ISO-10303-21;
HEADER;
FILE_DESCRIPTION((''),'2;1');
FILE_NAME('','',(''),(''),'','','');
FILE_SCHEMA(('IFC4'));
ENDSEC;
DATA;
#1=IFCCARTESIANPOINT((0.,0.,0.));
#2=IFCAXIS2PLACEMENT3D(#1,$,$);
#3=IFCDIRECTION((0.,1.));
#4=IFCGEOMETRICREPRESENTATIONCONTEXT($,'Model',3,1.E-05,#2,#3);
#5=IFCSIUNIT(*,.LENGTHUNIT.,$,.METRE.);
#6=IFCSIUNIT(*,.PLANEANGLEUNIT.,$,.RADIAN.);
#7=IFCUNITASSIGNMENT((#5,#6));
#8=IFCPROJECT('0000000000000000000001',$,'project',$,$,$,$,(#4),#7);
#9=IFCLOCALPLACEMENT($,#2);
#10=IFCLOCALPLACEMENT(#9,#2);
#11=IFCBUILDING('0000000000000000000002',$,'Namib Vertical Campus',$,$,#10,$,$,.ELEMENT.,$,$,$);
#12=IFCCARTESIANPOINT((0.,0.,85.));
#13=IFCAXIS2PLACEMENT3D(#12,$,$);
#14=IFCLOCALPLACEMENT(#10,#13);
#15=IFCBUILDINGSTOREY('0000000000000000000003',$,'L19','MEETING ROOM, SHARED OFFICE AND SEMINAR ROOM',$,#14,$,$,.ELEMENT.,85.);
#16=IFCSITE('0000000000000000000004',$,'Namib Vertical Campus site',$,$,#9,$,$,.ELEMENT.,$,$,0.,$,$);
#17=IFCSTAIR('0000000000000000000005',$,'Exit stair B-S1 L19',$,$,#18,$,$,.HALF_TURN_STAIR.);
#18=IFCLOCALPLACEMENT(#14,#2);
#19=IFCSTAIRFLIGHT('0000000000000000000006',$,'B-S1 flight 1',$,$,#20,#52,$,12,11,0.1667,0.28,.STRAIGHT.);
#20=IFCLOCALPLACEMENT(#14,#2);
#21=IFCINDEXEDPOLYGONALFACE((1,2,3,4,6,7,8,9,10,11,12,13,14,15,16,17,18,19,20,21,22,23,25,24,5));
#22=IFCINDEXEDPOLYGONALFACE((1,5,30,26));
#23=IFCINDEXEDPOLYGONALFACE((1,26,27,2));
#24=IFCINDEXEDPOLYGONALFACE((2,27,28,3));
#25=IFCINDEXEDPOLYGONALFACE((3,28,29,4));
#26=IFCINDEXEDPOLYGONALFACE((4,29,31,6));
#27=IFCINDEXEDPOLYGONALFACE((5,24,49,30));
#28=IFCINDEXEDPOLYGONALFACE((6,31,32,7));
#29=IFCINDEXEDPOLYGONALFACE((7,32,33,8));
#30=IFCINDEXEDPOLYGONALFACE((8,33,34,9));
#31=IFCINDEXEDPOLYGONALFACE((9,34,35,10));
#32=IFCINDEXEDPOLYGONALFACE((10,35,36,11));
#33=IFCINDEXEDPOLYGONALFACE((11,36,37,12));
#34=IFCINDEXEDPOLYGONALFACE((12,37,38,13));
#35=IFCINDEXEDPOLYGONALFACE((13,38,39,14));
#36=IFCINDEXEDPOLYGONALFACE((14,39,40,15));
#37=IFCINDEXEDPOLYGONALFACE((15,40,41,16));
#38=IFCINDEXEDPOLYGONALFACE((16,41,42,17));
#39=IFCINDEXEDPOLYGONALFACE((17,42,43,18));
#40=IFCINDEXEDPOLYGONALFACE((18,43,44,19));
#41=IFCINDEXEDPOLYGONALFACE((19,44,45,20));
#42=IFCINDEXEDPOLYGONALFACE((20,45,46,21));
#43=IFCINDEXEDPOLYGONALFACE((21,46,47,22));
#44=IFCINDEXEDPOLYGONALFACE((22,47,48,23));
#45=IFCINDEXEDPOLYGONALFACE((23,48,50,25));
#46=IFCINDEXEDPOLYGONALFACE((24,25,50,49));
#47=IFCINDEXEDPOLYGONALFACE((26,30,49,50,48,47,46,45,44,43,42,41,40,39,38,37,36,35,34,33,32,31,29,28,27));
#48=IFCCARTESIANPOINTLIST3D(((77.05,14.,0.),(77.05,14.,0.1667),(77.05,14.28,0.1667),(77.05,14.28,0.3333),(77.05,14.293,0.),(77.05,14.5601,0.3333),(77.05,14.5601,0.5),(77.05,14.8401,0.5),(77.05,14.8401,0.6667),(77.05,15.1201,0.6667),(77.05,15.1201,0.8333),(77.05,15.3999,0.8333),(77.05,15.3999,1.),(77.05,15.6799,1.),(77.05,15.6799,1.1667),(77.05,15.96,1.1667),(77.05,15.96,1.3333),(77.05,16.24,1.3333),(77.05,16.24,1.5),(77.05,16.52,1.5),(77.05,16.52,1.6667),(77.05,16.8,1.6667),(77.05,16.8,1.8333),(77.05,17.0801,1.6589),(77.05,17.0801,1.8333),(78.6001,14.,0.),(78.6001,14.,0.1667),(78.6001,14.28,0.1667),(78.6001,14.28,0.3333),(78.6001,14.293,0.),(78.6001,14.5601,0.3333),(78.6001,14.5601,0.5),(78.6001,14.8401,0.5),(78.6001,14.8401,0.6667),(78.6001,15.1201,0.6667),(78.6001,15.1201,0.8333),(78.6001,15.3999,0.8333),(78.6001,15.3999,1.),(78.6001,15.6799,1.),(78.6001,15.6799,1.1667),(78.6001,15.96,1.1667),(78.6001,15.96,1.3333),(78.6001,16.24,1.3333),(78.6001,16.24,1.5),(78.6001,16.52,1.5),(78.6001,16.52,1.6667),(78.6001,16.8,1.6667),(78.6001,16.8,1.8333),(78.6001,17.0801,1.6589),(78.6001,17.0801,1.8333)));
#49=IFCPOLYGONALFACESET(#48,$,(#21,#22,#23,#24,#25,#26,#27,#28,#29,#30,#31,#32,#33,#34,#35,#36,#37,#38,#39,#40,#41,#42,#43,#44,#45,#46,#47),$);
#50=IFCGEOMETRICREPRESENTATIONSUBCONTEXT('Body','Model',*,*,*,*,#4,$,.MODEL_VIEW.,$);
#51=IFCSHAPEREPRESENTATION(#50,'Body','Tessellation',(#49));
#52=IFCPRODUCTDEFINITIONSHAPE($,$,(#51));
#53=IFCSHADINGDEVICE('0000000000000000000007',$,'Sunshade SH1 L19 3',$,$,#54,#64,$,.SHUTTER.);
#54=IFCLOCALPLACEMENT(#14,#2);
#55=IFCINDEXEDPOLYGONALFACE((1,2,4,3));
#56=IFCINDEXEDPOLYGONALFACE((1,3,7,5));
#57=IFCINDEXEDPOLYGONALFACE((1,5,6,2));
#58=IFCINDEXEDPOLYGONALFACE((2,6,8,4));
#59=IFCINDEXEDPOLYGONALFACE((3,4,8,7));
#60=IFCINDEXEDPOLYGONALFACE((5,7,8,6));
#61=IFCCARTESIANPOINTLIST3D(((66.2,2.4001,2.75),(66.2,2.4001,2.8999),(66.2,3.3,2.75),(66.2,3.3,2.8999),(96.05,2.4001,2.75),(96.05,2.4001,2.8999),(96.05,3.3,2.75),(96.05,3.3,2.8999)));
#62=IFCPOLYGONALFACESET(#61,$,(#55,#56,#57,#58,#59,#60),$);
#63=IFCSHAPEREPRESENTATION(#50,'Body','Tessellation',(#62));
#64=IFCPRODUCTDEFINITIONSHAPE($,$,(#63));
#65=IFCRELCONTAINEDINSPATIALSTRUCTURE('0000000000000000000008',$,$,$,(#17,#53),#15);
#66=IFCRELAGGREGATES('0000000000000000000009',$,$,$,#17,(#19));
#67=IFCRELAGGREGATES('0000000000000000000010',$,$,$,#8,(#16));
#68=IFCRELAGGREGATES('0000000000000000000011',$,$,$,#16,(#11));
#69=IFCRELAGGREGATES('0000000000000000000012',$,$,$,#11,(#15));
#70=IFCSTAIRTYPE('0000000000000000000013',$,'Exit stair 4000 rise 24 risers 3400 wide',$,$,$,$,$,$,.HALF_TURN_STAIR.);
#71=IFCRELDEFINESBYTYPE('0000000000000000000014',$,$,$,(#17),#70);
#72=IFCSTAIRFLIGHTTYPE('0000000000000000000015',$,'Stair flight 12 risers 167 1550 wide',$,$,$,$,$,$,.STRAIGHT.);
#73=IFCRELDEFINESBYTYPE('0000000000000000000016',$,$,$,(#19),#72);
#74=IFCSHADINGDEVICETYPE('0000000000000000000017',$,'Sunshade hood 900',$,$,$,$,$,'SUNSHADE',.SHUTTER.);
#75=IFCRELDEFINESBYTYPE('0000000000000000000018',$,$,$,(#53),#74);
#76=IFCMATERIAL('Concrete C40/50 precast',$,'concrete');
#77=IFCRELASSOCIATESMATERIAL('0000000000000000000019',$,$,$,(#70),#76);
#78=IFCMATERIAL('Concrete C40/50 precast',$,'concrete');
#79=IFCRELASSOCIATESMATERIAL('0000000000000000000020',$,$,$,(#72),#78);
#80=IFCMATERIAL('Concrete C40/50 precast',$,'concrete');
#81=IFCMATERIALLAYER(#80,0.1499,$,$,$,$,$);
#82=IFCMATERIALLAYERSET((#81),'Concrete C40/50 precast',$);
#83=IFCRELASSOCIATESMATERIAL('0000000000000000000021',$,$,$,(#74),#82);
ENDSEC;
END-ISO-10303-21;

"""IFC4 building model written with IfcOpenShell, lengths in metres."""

from ifc_helpers import new_model, si_unit, direction, frame, origin, origin_2d, place, context, subcontext, project, spatial, polyline, rectangle, outline, extrude, material, layer, layer_set, type_object, element, aggregate, save


model = new_model("IFC4")

# Units and contexts
model_context = context("Model", 3, precision=1e-05, world=origin(), true_north=direction((0.0, 1.0)))
body_context = subcontext(model_context, "Body", "Model", "MODEL_VIEW")
ifc_project = project(units=[si_unit("LENGTHUNIT", "METRE"), si_unit("PLANEANGLEUNIT", "RADIAN")], contexts=[model_context])

# Site, building, storey
site_placement = place(None, origin())
site = spatial("IfcSite", under=ifc_project, at=site_placement, Name="Namib Vertical Campus site", CompositionType="ELEMENT", RefElevation=0.0)
building_placement = place(site_placement, origin())
building = spatial("IfcBuilding", under=site, at=building_placement, Name="Namib Vertical Campus", CompositionType="ELEMENT")
storey_placement = place(building_placement, frame((0.0, 0.0, 85.0)))
storey = spatial("IfcBuildingStorey", under=building, at=storey_placement, Name="L19", Description="MEETING ROOM, SHARED OFFICE AND SEMINAR ROOM", CompositionType="ELEMENT", Elevation=85.0)

# Stair, stair flight
ifc_material_1 = material(Name="Concrete C40/50 precast", Category="concrete")
stair_type = type_object("IfcStairType", Name="Exit stair 4000 rise 24 risers 3400 wide", PredefinedType="HALF_TURN_STAIR", material=ifc_material_1)
stair_placement = place(storey_placement, origin())
stair = element("IfcStair", 1, at=stair_placement, inside=storey, type_object=stair_type, Name="Exit stair B-S1 L19", PredefinedType="HALF_TURN_STAIR")
ifc_material_2 = material(Name="Concrete C40/50 precast", Category="concrete")
stair_flight_type = type_object("IfcStairFlightType", Name="Stair flight 12 risers 167 1550 wide", PredefinedType="STRAIGHT", material=ifc_material_2)
stair_flight_placement = place(storey_placement, frame((77.825, 14.0, 0.0), z_axis=(0.0, 0.0, 1.0), x_axis=(0.0, 1.0, 0.0)))
stair_flight = element("IfcStairFlight", 2, at=stair_flight_placement, type_object=stair_flight_type, Name="B-S1 flight 1", NumberOfRisers=12, NumberOfTreads=11, PredefinedType="STRAIGHT", RiserHeight=0.1667, TreadLength=0.28, context=body_context, shape_type="SweptSolid", body=[
    extrude(outline(polyline([(0.0, 0.0), (0.0, 0.1667), (0.28, 0.1667), (0.28, 0.3333), (0.5601, 0.3333), (0.5601, 0.5), (0.8401, 0.5), (0.8401, 0.6667), (1.1201, 0.6667), (1.1201, 0.8333), (1.3999, 0.8333), (1.3999, 1.0), (1.6799, 1.0), (1.6799, 1.1667), (1.96, 1.1667), (1.96, 1.3333), (2.24, 1.3333), (2.24, 1.5), (2.52, 1.5), (2.52, 1.6667), (2.8, 1.6667), (2.8, 1.8333), (3.0801, 1.8333), (3.0801, 2.0), (3.0801, 1.6589), (0.293, 0.0), (0.0, 0.0)])), frame((0.0, 0.7749, 0.0), z_axis=(0.0, -1.0, 0.0), x_axis=(1.0, 0.0, 0.0)), (0.0, 0.0, 1.0), 1.55),
])
aggregate(stair, [stair_flight])

# Shading device
ifc_material_3 = material(Name="Concrete C40/50 precast", Category="concrete")
ifc_layer_1 = layer(ifc_material_3, 0.1499)
ifc_layer_set_1 = layer_set([ifc_layer_1], Name="Concrete C40/50 precast")
shading_device_type = type_object("IfcShadingDeviceType", Name="Sunshade hood 900", ElementType="SUNSHADE", PredefinedType="SHUTTER", material=ifc_layer_set_1)
shading_device_placement = place(storey_placement, frame((81.125, 2.8501, 2.75), z_axis=(0.0, 0.0, 1.0), x_axis=(1.0, 0.0, 0.0)))
element("IfcShadingDevice", 3, at=shading_device_placement, inside=storey, type_object=shading_device_type, Name="Sunshade SH1 L19 3", PredefinedType="SHUTTER", context=body_context, shape_type="SweptSolid", body=[
    extrude(rectangle(XDim=29.8501, YDim=0.8999, at=origin_2d()), origin(), (0.0, 0.0, 1.0), 0.1499),
])

save(model, "model.ifc")
